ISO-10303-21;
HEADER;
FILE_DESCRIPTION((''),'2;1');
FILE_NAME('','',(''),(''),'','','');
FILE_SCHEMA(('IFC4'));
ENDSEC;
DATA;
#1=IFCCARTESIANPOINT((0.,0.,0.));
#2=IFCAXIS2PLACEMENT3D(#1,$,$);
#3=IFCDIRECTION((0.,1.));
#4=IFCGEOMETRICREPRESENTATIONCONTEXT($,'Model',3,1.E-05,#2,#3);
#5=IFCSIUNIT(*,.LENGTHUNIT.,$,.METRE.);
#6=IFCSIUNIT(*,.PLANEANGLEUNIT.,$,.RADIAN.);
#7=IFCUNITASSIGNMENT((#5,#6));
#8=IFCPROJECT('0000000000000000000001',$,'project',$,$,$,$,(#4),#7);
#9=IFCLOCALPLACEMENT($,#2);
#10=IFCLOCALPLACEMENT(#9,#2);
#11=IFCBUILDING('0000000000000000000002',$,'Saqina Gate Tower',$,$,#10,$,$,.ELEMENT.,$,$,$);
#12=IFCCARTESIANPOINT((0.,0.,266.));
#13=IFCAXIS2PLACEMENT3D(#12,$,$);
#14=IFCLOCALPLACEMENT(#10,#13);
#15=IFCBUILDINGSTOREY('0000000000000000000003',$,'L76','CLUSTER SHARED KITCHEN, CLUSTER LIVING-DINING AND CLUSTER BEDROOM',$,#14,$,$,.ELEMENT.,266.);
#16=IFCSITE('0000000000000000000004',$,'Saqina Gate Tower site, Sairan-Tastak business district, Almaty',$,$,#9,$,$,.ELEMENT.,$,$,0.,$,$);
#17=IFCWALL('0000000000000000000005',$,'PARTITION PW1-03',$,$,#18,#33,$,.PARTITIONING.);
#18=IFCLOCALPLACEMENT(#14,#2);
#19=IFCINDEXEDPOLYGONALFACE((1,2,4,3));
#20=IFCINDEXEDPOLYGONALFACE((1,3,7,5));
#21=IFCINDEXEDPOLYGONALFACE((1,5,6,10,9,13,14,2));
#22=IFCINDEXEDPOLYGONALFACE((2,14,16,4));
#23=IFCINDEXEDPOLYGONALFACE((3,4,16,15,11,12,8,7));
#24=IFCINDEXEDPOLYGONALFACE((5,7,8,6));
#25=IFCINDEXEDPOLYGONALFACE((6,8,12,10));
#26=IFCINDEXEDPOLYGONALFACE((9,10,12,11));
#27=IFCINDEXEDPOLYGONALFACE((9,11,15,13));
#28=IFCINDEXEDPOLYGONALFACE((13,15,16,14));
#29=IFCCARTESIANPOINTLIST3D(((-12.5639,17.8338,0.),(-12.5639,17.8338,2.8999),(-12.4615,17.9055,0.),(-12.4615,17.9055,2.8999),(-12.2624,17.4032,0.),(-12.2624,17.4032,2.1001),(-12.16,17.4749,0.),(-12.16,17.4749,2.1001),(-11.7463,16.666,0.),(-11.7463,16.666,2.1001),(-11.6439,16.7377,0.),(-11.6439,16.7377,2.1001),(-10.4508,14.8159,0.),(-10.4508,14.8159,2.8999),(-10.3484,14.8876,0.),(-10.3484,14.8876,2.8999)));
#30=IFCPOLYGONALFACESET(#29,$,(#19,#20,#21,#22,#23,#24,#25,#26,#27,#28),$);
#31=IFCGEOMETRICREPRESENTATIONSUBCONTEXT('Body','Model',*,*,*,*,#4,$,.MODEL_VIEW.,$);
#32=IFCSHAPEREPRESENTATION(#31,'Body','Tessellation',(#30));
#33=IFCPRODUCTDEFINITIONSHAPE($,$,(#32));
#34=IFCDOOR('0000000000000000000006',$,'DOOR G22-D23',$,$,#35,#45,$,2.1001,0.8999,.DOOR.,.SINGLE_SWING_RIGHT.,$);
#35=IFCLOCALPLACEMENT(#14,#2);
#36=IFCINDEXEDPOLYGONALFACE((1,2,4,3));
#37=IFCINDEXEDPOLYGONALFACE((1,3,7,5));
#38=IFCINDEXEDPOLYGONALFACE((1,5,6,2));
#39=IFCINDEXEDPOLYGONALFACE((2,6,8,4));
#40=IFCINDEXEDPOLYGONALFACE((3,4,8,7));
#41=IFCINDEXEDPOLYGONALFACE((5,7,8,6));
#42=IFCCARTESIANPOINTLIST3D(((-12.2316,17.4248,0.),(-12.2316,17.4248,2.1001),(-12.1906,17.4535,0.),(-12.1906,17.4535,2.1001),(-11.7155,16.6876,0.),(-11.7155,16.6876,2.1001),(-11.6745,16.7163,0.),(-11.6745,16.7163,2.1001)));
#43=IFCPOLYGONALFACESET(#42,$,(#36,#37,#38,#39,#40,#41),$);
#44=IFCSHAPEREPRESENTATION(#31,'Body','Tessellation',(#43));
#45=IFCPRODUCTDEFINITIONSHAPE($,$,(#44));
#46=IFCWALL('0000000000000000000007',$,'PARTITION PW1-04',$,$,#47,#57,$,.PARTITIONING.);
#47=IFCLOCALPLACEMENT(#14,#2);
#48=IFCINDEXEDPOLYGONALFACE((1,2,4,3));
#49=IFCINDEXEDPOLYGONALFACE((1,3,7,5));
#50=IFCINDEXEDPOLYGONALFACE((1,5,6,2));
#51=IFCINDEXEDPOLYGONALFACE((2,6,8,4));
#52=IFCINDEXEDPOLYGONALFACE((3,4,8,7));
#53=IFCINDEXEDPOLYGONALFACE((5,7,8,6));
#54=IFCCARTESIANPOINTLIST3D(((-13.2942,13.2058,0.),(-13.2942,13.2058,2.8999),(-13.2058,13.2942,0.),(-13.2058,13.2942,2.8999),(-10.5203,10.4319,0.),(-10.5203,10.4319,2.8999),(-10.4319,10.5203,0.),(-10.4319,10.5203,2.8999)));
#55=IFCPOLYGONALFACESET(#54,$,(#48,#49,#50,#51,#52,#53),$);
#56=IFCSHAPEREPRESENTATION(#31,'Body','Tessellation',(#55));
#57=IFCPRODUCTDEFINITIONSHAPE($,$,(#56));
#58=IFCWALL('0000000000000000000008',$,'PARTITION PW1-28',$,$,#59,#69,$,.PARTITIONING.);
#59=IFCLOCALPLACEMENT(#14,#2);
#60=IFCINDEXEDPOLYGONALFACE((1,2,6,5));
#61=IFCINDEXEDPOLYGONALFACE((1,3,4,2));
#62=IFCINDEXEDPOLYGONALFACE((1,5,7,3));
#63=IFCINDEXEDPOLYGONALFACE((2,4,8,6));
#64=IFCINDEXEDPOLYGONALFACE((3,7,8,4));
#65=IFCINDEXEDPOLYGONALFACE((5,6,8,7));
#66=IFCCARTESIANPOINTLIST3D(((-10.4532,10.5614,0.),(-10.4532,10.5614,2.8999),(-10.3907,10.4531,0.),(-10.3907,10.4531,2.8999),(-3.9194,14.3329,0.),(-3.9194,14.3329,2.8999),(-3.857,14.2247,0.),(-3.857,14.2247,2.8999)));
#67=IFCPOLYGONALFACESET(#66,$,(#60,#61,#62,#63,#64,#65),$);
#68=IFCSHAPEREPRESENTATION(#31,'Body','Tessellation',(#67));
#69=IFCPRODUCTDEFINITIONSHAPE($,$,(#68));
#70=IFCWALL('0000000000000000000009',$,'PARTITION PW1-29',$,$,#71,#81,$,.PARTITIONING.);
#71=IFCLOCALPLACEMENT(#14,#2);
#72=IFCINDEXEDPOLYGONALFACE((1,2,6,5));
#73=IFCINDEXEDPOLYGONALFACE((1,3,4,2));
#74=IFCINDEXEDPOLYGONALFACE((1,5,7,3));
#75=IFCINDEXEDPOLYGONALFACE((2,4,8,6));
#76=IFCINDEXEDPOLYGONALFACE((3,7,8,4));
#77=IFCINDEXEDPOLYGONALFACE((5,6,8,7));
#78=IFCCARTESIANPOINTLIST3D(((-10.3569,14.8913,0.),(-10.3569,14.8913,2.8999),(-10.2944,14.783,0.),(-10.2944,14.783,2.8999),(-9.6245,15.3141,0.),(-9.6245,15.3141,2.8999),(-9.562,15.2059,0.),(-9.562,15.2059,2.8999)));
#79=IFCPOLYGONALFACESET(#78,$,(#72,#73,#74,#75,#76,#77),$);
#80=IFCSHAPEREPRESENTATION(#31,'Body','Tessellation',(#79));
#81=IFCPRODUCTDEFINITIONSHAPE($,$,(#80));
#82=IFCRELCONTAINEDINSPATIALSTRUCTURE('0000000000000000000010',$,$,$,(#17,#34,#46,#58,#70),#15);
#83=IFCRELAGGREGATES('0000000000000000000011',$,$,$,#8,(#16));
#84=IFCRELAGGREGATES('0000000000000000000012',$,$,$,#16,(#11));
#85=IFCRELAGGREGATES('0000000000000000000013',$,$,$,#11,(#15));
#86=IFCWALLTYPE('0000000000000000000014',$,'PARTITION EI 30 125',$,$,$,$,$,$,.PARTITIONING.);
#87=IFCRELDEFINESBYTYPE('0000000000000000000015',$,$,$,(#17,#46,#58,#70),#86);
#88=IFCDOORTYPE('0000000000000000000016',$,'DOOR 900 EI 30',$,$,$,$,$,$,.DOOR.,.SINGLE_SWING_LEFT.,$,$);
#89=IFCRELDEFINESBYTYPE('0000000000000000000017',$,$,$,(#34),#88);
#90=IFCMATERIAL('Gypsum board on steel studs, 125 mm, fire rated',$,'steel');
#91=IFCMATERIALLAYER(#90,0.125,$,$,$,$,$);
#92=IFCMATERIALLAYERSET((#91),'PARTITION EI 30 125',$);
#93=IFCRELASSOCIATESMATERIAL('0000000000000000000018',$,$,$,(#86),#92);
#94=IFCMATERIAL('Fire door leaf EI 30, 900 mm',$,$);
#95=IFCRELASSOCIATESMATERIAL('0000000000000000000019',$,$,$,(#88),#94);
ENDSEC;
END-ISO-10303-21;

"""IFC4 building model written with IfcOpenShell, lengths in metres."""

from ifc_helpers import new_model, si_unit, direction, frame, frame_2d, origin, place, context, subcontext, project, spatial, rectangle, extrude, material, layer, layer_set, type_object, element, fill, save


model = new_model("IFC4")

# Units and contexts
model_context = context("Model", 3, precision=1e-05, world=origin(), true_north=direction((0.0, 1.0)))
body_context = subcontext(model_context, "Body", "Model", "MODEL_VIEW")
ifc_project = project(units=[si_unit("LENGTHUNIT", "METRE"), si_unit("PLANEANGLEUNIT", "RADIAN")], contexts=[model_context])

# Site, building, storey
site_placement = place(None, origin())
site = spatial("IfcSite", under=ifc_project, at=site_placement, Name="Saqina Gate Tower site, Sairan-Tastak business district, Almaty", CompositionType="ELEMENT", RefElevation=0.0)
building_placement = place(site_placement, origin())
building = spatial("IfcBuilding", under=site, at=building_placement, Name="Saqina Gate Tower", CompositionType="ELEMENT")
storey_placement = place(building_placement, frame((0.0, 0.0, 266.0)))
storey = spatial("IfcBuildingStorey", under=building, at=storey_placement, Name="L76", Description="CLUSTER SHARED KITCHEN, CLUSTER LIVING-DINING AND CLUSTER BEDROOM", CompositionType="ELEMENT", Elevation=266.0)

# Wall, opening, door
ifc_material_1 = material(Name="Gypsum board on steel studs, 125 mm, fire rated", Category="steel")
ifc_layer_1 = layer(ifc_material_1, 0.125)
ifc_layer_set_1 = layer_set([ifc_layer_1], Name="PARTITION EI 30 125")
wall_type_1 = type_object("IfcWallType", Name="PARTITION EI 30 125", PredefinedType="PARTITIONING", material=ifc_layer_set_1)
wall_1_placement = place(storey_placement, frame((-12.5127, 17.8696, 0.0), z_axis=(0.0, 0.0, 1.0), x_axis=(0.573565, -0.81916, 0.0)))
wall_1 = element("IfcWall", 1, at=wall_1_placement, inside=storey, type_object=wall_type_1, Name="PARTITION PW1-03", PredefinedType="PARTITIONING", context=body_context, shape_type="SweptSolid", body=[
    extrude(rectangle(XDim=3.6841, YDim=0.125, at=frame_2d((1.842, 0.0))), origin(), (0.0, 0.0, 1.0), 2.8999),
])
opening_1_placement = place(wall_1_placement, frame((0.5256, 0.0, 0.0)))
opening_1 = element("IfcOpeningElement", 2, at=opening_1_placement, cuts=wall_1, PredefinedType="OPENING", context=body_context, shape_type="SweptSolid", body=[
    extrude(rectangle(XDim=0.8999, YDim=2.1001, at=frame_2d((0.45, 1.05))), frame((0.0, 0.0745, 0.0), z_axis=(0.0, -1.0, 0.0), x_axis=(1.0, 0.0, 0.0)), (0.0, 0.0, 1.0), 0.1489),
])
ifc_material_2 = material(Name="Fire door leaf EI 30, 900 mm")
door_type_1 = type_object("IfcDoorType", Name="DOOR 900 EI 30", OperationType="SINGLE_SWING_LEFT", PredefinedType="DOOR", material=ifc_material_2)
door_1_placement = place(opening_1_placement, frame((0.8999, 0.0, 0.0), z_axis=(0.0, 0.0, 1.0), x_axis=(-1.0, 0.0, 0.0)))
door_1 = element("IfcDoor", 3, at=door_1_placement, inside=storey, type_object=door_type_1, Name="DOOR G22-D23", OperationType="SINGLE_SWING_RIGHT", OverallHeight=2.1001, OverallWidth=0.8999, PredefinedType="DOOR", context=body_context, shape_type="SweptSolid", body=[
    extrude(rectangle(XDim=0.8999, YDim=2.1001, at=frame_2d((0.45, 1.05))), frame((0.0, 0.0249, 0.0), z_axis=(0.0, -1.0, 0.0), x_axis=(1.0, 0.0, 0.0)), (0.0, 0.0, 1.0), 0.05),
])
fill(opening_1, door_1)

# Walls
wall_2_placement = place(storey_placement, frame((-13.25, 13.25, 0.0), z_axis=(0.0, 0.0, 1.0), x_axis=(0.707107, -0.707107, 0.0)))
element("IfcWall", 4, at=wall_2_placement, inside=storey, type_object=wall_type_1, Name="PARTITION PW1-04", PredefinedType="PARTITIONING", context=body_context, shape_type="SweptSolid", body=[
    extrude(rectangle(XDim=3.9229, YDim=0.125, at=frame_2d((1.9614, 0.0))), origin(), (0.0, 0.0, 1.0), 2.8999),
])
wall_3_placement = place(storey_placement, frame((-10.4219, 10.5073, 0.0), z_axis=(0.0, 0.0, 1.0), x_axis=(0.866068, 0.499926, 0.0)))
element("IfcWall", 5, at=wall_3_placement, inside=storey, type_object=wall_type_1, Name="PARTITION PW1-28", PredefinedType="PARTITIONING", context=body_context, shape_type="SweptSolid", body=[
    extrude(rectangle(XDim=7.5442, YDim=0.125, at=frame_2d((3.772, 0.0))), origin(), (0.0, 0.0, 1.0), 2.8999),
])
wall_4_placement = place(storey_placement, frame((-10.3257, 14.8372, 0.0), z_axis=(0.0, 0.0, 1.0), x_axis=(0.866032, 0.499989, 0.0)))
element("IfcWall", 6, at=wall_4_placement, inside=storey, type_object=wall_type_1, Name="PARTITION PW1-29", PredefinedType="PARTITIONING", context=body_context, shape_type="SweptSolid", body=[
    extrude(rectangle(XDim=0.8457, YDim=0.125, at=frame_2d((0.4229, 0.0))), origin(), (0.0, 0.0, 1.0), 2.8999),
])

save(model, "model.ifc")
